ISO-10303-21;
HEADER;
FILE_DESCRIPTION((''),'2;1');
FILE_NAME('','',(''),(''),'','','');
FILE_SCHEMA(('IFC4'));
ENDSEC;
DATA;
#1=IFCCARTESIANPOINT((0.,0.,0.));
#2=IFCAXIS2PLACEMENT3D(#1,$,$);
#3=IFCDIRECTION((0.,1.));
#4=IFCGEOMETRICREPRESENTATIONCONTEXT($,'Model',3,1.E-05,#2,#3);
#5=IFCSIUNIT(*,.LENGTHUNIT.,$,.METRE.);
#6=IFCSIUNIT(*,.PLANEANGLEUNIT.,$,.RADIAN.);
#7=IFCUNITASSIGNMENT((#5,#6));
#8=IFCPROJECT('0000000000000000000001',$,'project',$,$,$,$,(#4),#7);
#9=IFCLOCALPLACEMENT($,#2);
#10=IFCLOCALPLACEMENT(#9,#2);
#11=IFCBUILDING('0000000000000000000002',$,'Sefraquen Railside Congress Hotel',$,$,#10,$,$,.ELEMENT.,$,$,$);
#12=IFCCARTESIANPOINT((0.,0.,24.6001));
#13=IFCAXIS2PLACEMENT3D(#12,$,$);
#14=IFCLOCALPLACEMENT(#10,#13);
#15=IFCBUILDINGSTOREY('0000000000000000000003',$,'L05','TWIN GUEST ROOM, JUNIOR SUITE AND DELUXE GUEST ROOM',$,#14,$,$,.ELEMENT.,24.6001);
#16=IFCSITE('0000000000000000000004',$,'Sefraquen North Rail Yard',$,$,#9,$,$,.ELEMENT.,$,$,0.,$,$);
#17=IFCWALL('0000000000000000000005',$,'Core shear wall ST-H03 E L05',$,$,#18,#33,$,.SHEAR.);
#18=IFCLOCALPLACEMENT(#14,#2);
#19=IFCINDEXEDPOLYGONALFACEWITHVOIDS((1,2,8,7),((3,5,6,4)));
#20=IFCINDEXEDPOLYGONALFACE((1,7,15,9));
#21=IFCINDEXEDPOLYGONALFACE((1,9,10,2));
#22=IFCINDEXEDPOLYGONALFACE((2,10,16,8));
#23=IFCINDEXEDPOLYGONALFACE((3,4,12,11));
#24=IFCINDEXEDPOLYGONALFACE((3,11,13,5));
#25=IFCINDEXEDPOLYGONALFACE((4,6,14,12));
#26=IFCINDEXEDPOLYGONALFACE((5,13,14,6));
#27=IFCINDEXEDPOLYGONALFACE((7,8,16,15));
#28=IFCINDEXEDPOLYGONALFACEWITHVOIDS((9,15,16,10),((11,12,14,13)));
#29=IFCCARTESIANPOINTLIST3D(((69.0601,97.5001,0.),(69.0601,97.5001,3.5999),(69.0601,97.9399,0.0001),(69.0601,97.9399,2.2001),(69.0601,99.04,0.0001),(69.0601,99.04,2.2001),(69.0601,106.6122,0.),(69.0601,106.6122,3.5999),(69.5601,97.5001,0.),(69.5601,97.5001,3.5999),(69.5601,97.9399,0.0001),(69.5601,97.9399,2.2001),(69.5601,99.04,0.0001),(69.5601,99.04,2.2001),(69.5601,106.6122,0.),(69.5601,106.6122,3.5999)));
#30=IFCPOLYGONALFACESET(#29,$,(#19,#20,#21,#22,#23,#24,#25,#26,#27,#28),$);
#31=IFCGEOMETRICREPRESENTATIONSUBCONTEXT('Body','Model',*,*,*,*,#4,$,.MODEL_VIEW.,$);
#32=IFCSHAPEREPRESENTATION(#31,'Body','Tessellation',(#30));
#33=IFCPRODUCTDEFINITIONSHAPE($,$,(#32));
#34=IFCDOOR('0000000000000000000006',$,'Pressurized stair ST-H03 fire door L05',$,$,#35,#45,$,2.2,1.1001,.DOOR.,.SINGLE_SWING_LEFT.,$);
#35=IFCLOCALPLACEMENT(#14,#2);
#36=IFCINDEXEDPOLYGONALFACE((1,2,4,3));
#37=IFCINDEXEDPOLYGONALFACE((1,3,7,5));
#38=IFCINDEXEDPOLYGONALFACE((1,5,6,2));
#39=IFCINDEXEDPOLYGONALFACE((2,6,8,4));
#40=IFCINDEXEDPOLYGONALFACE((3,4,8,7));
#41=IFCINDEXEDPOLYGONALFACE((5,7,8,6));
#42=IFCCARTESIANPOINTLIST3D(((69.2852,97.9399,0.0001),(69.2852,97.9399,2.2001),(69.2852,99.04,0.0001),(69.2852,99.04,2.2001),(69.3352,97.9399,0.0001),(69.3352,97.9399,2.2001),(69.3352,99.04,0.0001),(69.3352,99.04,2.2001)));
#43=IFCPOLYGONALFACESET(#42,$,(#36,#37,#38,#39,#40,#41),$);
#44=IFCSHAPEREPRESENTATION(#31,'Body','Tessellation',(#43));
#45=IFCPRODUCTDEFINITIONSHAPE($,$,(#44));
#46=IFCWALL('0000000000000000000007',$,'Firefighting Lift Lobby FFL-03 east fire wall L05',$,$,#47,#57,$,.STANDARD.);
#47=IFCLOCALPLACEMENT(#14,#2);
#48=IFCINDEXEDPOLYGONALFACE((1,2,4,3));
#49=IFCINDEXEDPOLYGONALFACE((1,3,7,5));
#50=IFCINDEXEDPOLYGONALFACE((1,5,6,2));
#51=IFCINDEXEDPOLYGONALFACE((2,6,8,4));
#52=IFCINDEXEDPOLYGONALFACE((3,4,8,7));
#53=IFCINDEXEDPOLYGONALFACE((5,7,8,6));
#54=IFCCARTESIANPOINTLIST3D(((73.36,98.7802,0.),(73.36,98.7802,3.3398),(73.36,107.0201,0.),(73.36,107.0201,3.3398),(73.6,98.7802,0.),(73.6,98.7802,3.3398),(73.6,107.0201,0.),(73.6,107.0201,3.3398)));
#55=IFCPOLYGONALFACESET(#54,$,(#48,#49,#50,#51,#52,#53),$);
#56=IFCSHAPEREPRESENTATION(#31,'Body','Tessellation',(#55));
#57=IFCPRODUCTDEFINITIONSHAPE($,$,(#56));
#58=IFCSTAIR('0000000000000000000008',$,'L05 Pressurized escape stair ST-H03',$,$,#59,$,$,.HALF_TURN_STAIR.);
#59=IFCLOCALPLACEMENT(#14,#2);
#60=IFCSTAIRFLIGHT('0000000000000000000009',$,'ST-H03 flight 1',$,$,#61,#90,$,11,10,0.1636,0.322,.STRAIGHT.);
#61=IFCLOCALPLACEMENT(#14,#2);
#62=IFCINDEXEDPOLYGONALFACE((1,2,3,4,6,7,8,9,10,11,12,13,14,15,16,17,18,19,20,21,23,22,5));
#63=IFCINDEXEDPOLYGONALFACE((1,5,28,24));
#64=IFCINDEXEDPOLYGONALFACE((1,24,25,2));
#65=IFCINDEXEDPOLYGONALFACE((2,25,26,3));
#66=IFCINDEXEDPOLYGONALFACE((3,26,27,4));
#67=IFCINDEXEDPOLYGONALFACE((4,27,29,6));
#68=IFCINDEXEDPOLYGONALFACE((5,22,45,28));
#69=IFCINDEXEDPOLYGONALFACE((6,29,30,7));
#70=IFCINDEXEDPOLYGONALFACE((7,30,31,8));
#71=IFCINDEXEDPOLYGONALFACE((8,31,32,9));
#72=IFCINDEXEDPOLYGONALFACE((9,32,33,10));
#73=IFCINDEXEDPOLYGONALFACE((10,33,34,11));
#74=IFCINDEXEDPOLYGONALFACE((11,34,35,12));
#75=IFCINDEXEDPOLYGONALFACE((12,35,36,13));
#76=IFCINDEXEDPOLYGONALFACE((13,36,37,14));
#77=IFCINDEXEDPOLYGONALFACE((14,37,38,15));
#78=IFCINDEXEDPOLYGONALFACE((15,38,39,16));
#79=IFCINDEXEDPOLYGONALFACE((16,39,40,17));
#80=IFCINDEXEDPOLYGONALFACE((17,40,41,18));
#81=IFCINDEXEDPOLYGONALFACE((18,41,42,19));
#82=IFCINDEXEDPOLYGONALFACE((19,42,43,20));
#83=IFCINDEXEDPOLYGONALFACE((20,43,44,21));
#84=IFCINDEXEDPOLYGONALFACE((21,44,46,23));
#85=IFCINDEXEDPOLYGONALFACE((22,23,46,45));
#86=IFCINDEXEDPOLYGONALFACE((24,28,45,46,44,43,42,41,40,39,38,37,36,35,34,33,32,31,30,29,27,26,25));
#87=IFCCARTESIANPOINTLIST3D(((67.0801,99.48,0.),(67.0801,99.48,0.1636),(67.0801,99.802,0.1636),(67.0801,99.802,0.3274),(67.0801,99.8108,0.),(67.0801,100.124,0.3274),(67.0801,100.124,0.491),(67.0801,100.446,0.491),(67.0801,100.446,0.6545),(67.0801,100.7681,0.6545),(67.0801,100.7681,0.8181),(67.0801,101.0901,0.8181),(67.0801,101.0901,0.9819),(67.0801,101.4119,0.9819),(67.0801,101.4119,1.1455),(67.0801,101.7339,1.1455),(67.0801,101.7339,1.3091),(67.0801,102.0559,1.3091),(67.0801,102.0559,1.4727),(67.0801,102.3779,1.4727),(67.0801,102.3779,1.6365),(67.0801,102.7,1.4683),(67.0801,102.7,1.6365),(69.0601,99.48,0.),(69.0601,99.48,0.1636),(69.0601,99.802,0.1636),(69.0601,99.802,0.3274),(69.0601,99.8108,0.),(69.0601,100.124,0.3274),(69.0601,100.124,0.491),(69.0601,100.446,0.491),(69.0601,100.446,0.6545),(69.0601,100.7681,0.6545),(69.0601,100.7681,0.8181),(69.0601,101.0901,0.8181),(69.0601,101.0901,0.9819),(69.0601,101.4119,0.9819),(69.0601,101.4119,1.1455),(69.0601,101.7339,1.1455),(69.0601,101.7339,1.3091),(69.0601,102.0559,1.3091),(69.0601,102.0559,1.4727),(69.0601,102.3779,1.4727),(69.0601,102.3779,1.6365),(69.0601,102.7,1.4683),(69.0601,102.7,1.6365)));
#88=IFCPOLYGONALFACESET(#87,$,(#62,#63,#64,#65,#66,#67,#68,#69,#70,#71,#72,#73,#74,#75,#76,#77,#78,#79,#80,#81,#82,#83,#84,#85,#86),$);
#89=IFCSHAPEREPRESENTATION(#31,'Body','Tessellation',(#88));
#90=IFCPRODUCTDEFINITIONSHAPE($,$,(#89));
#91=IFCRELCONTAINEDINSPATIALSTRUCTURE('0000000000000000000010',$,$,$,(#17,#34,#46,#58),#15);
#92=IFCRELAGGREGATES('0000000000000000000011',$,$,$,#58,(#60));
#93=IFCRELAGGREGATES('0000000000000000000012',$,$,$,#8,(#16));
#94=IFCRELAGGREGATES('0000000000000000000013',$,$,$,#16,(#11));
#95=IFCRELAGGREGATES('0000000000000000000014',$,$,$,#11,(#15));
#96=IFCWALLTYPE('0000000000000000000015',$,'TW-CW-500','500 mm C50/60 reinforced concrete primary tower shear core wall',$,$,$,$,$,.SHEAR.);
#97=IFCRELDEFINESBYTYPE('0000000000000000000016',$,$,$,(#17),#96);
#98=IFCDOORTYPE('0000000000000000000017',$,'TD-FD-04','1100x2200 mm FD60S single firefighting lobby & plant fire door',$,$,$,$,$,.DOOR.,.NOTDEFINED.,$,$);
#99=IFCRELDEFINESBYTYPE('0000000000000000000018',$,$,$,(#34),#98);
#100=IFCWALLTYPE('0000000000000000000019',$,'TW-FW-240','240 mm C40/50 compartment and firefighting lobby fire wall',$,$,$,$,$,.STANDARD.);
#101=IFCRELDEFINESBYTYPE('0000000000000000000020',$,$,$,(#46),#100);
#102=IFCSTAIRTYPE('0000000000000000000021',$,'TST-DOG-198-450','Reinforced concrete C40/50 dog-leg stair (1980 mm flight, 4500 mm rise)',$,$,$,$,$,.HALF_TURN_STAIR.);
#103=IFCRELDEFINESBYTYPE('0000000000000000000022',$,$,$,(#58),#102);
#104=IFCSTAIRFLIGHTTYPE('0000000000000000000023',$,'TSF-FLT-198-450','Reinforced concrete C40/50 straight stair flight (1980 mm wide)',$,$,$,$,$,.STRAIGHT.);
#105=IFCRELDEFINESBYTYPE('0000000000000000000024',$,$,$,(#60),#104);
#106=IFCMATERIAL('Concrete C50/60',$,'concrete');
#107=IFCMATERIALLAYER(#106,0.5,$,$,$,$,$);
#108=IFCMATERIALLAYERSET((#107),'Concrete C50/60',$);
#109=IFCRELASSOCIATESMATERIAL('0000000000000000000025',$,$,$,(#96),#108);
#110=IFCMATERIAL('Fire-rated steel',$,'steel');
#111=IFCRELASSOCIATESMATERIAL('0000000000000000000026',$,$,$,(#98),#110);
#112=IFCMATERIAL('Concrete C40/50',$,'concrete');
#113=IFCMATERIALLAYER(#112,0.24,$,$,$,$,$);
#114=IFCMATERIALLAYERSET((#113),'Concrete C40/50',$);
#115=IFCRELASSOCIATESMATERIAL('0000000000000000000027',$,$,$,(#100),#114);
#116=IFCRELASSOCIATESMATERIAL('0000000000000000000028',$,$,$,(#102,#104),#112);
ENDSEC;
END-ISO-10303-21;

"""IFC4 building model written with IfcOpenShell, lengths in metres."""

from ifc_helpers import new_model, si_unit, direction, frame, frame_2d, origin, place, context, subcontext, project, spatial, polyline, rectangle, outline, extrude, material, layer, layer_set, type_object, element, fill, aggregate, save


model = new_model("IFC4")

# Units and contexts
model_context = context("Model", 3, precision=1e-05, world=origin(), true_north=direction((0.0, 1.0)))
body_context = subcontext(model_context, "Body", "Model", "MODEL_VIEW")
ifc_project = project(units=[si_unit("LENGTHUNIT", "METRE"), si_unit("PLANEANGLEUNIT", "RADIAN")], contexts=[model_context])

# Site, building, storey
site_placement = place(None, origin())
site = spatial("IfcSite", under=ifc_project, at=site_placement, Name="Sefraquen North Rail Yard", CompositionType="ELEMENT", RefElevation=0.0)
building_placement = place(site_placement, origin())
building = spatial("IfcBuilding", under=site, at=building_placement, Name="Sefraquen Railside Congress Hotel", CompositionType="ELEMENT")
storey_placement = place(building_placement, frame((0.0, 0.0, 24.6001)))
storey = spatial("IfcBuildingStorey", under=building, at=storey_placement, Name="L05", Description="TWIN GUEST ROOM, JUNIOR SUITE AND DELUXE GUEST ROOM", CompositionType="ELEMENT", Elevation=24.6001)

# Shared definitions
ifc_material_1 = material(Name="Concrete C50/60", Category="concrete")

# Wall, opening, door
ifc_layer_1 = layer(ifc_material_1, 0.5)
ifc_layer_set_1 = layer_set([ifc_layer_1], Name="Concrete C50/60")
wall_type_1 = type_object("IfcWallType", Name="TW-CW-500", Description="500 mm C50/60 reinforced concrete primary tower shear core wall", PredefinedType="SHEAR", material=ifc_layer_set_1)
wall_1_placement = place(storey_placement, frame((69.3101, 97.5, 0.0), z_axis=(0.0, 0.0, 1.0), x_axis=(0.0, 1.0, 0.0)))
wall_1 = element("IfcWall", 1, at=wall_1_placement, inside=storey, type_object=wall_type_1, Name="Core shear wall ST-H03 E L05", PredefinedType="SHEAR", context=body_context, shape_type="SweptSolid", body=[
    extrude(rectangle(XDim=9.1121, YDim=0.5, at=frame_2d((4.5562, 0.0))), origin(), (0.0, 0.0, 1.0), 3.5999),
])
opening_1_placement = place(wall_1_placement, frame((0.4399, 0.0, 0.0)))
opening_1 = element("IfcOpeningElement", 2, at=opening_1_placement, cuts=wall_1, PredefinedType="OPENING", context=body_context, shape_type="SweptSolid", body=[
    extrude(rectangle(XDim=1.1001, YDim=2.2, at=frame_2d((0.55, 1.1001))), frame((0.0, 0.26, 0.0), z_axis=(0.0, -1.0, 0.0), x_axis=(1.0, 0.0, 0.0)), (0.0, 0.0, 1.0), 0.52),
])
ifc_material_2 = material(Name="Fire-rated steel", Category="steel")
door_type_1 = type_object("IfcDoorType", Name="TD-FD-04", Description="1100x2200 mm FD60S single firefighting lobby & plant fire door", OperationType="NOTDEFINED", PredefinedType="DOOR", material=ifc_material_2)
door_1_placement = place(opening_1_placement, origin())
door_1 = element("IfcDoor", 3, at=door_1_placement, inside=storey, type_object=door_type_1, Name="Pressurized stair ST-H03 fire door L05", OperationType="SINGLE_SWING_LEFT", OverallHeight=2.2, OverallWidth=1.1001, PredefinedType="DOOR", context=body_context, shape_type="SweptSolid", body=[
    extrude(rectangle(XDim=1.1001, YDim=2.2, at=frame_2d((0.55, 1.1001))), frame((0.0, 0.0249, 0.0), z_axis=(0.0, -1.0, 0.0), x_axis=(1.0, 0.0, 0.0)), (0.0, 0.0, 1.0), 0.05),
])
fill(opening_1, door_1)

# Wall
ifc_material_3 = material(Name="Concrete C40/50", Category="concrete")
ifc_layer_2 = layer(ifc_material_3, 0.24)
ifc_layer_set_2 = layer_set([ifc_layer_2], Name="Concrete C40/50")
wall_type_2 = type_object("IfcWallType", Name="TW-FW-240", Description="240 mm C40/50 compartment and firefighting lobby fire wall", PredefinedType="STANDARD", material=ifc_layer_set_2)
wall_2_placement = place(storey_placement, frame((73.48, 98.78, 0.0), z_axis=(0.0, 0.0, 1.0), x_axis=(0.0, 1.0, 0.0)))
element("IfcWall", 4, at=wall_2_placement, inside=storey, type_object=wall_type_2, Name="Firefighting Lift Lobby FFL-03 east fire wall L05", PredefinedType="STANDARD", context=body_context, shape_type="SweptSolid", body=[
    extrude(rectangle(XDim=8.24, YDim=0.24, at=frame_2d((4.1201, 0.0))), origin(), (0.0, 0.0, 1.0), 3.3398),
])

# Stair, stair flight
stair_type = type_object("IfcStairType", Name="TST-DOG-198-450", Description="Reinforced concrete C40/50 dog-leg stair (1980 mm flight, 4500 mm rise)", PredefinedType="HALF_TURN_STAIR", material=ifc_material_3)
stair_placement = place(storey_placement, origin())
stair = element("IfcStair", 5, at=stair_placement, inside=storey, type_object=stair_type, Name="L05 Pressurized escape stair ST-H03", PredefinedType="HALF_TURN_STAIR")
stair_flight_type = type_object("IfcStairFlightType", Name="TSF-FLT-198-450", Description="Reinforced concrete C40/50 straight stair flight (1980 mm wide)", PredefinedType="STRAIGHT", material=ifc_material_3)
stair_flight_placement = place(storey_placement, frame((68.0701, 99.48, 0.0), z_axis=(0.0, 0.0, 1.0), x_axis=(0.0, 1.0, 0.0)))
stair_flight = element("IfcStairFlight", 6, at=stair_flight_placement, type_object=stair_flight_type, Name="ST-H03 flight 1", NumberOfRisers=11, NumberOfTreads=10, PredefinedType="STRAIGHT", RiserHeight=0.1636, TreadLength=0.322, context=body_context, shape_type="SweptSolid", body=[
    extrude(outline(polyline([(0.0, 0.0), (0.0, 0.1636), (0.322, 0.1636), (0.322, 0.3274), (0.644, 0.3274), (0.644, 0.491), (0.9661, 0.491), (0.9661, 0.6545), (1.2881, 0.6545), (1.2881, 0.8181), (1.6101, 0.8181), (1.6101, 0.9819), (1.9319, 0.9819), (1.9319, 1.1455), (2.2539, 1.1455), (2.2539, 1.3091), (2.5759, 1.3091), (2.5759, 1.4727), (2.8979, 1.4727), (2.8979, 1.6365), (3.22, 1.6365), (3.22, 1.8), (3.22, 1.4683), (0.3308, 0.0), (0.0, 0.0)])), frame((0.0, 0.99, 0.0), z_axis=(0.0, -1.0, 0.0), x_axis=(1.0, 0.0, 0.0)), (0.0, 0.0, 1.0), 1.98),
])
aggregate(stair, [stair_flight])

save(model, "model.ifc")
